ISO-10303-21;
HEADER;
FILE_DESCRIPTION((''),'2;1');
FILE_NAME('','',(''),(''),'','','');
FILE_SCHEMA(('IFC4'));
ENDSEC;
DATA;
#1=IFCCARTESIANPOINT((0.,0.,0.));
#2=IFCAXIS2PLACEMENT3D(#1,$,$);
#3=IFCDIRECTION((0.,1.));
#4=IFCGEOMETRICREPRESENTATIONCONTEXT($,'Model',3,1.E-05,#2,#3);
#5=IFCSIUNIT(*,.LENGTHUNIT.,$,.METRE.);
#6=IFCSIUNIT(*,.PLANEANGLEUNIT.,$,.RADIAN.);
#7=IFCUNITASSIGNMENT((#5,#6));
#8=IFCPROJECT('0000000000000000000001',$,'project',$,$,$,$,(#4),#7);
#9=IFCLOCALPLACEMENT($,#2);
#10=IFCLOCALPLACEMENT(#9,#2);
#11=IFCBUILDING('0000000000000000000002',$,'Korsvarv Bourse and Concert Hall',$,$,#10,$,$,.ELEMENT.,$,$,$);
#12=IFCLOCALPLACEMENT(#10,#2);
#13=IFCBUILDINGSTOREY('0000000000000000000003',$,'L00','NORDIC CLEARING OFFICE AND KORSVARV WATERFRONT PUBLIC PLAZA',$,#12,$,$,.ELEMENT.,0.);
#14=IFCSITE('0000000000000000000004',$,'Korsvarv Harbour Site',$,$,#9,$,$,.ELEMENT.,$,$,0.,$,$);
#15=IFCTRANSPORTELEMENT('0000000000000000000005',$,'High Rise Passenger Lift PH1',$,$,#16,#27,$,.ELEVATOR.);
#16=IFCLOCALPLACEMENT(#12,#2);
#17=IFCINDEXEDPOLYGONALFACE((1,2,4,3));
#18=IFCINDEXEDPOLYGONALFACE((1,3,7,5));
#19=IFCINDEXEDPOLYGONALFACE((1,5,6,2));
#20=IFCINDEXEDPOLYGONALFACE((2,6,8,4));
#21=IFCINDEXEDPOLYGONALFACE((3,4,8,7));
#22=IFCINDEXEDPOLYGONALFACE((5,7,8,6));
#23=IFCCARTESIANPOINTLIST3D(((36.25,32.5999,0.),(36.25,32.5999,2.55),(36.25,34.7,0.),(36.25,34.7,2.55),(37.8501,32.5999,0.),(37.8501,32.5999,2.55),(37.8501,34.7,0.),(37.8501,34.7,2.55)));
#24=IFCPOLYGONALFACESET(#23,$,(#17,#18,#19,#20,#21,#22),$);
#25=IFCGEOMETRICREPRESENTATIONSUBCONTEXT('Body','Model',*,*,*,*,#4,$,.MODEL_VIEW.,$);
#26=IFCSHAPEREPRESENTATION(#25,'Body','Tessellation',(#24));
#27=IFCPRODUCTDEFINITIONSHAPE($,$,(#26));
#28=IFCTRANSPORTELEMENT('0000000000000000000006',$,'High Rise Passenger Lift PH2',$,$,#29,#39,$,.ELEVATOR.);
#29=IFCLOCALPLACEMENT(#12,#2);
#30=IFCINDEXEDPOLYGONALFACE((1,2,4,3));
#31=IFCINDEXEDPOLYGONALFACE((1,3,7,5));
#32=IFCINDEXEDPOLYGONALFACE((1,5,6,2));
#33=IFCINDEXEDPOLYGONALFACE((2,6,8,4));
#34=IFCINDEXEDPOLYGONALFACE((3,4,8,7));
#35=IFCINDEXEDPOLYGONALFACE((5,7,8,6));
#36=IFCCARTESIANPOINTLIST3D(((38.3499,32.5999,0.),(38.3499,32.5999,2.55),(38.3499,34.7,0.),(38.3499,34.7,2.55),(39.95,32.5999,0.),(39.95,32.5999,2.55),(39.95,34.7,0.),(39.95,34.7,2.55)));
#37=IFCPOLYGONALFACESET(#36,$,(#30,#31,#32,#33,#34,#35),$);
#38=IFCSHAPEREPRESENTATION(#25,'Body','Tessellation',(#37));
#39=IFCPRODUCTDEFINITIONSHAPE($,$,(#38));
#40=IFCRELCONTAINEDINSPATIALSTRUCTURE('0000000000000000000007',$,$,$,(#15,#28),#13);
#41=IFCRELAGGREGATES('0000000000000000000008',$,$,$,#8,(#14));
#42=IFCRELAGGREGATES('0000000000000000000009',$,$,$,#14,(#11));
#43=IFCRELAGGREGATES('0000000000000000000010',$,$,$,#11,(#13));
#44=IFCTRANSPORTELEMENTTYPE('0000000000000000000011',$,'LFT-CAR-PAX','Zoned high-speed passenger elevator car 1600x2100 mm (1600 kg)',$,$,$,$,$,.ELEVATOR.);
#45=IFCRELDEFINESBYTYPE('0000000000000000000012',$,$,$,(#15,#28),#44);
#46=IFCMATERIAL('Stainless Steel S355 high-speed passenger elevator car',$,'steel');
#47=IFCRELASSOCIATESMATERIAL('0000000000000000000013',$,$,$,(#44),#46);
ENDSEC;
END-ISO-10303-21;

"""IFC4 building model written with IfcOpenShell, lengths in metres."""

from ifc_helpers import new_model, si_unit, direction, frame, origin, origin_2d, place, context, subcontext, project, spatial, rectangle, extrude, source, transform, mapped, material, type_object, element, save


model = new_model("IFC4")

# Units and contexts
model_context = context("Model", 3, precision=1e-05, world=origin(), true_north=direction((0.0, 1.0)))
body_context = subcontext(model_context, "Body", "Model", "MODEL_VIEW")
ifc_project = project(units=[si_unit("LENGTHUNIT", "METRE"), si_unit("PLANEANGLEUNIT", "RADIAN")], contexts=[model_context])

# Site, building, storey
site_placement = place(None, origin())
site = spatial("IfcSite", under=ifc_project, at=site_placement, Name="Korsvarv Harbour Site", CompositionType="ELEMENT", RefElevation=0.0)
building_placement = place(site_placement, origin())
building = spatial("IfcBuilding", under=site, at=building_placement, Name="Korsvarv Bourse and Concert Hall", CompositionType="ELEMENT")
storey_placement = place(building_placement, origin())
storey = spatial("IfcBuildingStorey", under=building, at=storey_placement, Name="L00", Description="NORDIC CLEARING OFFICE AND KORSVARV WATERFRONT PUBLIC PLAZA", CompositionType="ELEMENT", Elevation=0.0)

# Transport elements
ifc_material_1 = material(Name="Stainless Steel S355 high-speed passenger elevator car", Category="steel")
transport_element_type = type_object("IfcTransportElementType", Name="LFT-CAR-PAX", Description="Zoned high-speed passenger elevator car 1600x2100 mm (1600 kg)", PredefinedType="ELEVATOR", material=ifc_material_1)
shared_shape_1 = source(origin(), body_context, "Body", "SweptSolid", [
    extrude(rectangle(XDim=1.6001, YDim=2.1001, at=origin_2d()), origin(), (0.0, 0.0, 1.0), 2.55),
])
for number, where, z_axis, x_axis, name in (
    (1, (37.05, 33.6499, 0.0), (0.0, 0.0, 1.0), (1.0, 0.0, 0.0), "High Rise Passenger Lift PH1"),
    (2, (39.1499, 33.6499, 0.0), (0.0, 0.0, 1.0), (1.0, 0.0, 0.0), "High Rise Passenger Lift PH2"),
):
    element("IfcTransportElement", number, at=place(storey_placement, frame(where, z_axis=z_axis, x_axis=x_axis)), inside=storey, type_object=transport_element_type, Name=name, PredefinedType="ELEVATOR", context=body_context, shape_type="MappedRepresentation", body=[
        mapped(shared_shape_1, transform((0.0, 0.0, 0.0), scale=1.0)),
    ])

save(model, "model.ifc")
